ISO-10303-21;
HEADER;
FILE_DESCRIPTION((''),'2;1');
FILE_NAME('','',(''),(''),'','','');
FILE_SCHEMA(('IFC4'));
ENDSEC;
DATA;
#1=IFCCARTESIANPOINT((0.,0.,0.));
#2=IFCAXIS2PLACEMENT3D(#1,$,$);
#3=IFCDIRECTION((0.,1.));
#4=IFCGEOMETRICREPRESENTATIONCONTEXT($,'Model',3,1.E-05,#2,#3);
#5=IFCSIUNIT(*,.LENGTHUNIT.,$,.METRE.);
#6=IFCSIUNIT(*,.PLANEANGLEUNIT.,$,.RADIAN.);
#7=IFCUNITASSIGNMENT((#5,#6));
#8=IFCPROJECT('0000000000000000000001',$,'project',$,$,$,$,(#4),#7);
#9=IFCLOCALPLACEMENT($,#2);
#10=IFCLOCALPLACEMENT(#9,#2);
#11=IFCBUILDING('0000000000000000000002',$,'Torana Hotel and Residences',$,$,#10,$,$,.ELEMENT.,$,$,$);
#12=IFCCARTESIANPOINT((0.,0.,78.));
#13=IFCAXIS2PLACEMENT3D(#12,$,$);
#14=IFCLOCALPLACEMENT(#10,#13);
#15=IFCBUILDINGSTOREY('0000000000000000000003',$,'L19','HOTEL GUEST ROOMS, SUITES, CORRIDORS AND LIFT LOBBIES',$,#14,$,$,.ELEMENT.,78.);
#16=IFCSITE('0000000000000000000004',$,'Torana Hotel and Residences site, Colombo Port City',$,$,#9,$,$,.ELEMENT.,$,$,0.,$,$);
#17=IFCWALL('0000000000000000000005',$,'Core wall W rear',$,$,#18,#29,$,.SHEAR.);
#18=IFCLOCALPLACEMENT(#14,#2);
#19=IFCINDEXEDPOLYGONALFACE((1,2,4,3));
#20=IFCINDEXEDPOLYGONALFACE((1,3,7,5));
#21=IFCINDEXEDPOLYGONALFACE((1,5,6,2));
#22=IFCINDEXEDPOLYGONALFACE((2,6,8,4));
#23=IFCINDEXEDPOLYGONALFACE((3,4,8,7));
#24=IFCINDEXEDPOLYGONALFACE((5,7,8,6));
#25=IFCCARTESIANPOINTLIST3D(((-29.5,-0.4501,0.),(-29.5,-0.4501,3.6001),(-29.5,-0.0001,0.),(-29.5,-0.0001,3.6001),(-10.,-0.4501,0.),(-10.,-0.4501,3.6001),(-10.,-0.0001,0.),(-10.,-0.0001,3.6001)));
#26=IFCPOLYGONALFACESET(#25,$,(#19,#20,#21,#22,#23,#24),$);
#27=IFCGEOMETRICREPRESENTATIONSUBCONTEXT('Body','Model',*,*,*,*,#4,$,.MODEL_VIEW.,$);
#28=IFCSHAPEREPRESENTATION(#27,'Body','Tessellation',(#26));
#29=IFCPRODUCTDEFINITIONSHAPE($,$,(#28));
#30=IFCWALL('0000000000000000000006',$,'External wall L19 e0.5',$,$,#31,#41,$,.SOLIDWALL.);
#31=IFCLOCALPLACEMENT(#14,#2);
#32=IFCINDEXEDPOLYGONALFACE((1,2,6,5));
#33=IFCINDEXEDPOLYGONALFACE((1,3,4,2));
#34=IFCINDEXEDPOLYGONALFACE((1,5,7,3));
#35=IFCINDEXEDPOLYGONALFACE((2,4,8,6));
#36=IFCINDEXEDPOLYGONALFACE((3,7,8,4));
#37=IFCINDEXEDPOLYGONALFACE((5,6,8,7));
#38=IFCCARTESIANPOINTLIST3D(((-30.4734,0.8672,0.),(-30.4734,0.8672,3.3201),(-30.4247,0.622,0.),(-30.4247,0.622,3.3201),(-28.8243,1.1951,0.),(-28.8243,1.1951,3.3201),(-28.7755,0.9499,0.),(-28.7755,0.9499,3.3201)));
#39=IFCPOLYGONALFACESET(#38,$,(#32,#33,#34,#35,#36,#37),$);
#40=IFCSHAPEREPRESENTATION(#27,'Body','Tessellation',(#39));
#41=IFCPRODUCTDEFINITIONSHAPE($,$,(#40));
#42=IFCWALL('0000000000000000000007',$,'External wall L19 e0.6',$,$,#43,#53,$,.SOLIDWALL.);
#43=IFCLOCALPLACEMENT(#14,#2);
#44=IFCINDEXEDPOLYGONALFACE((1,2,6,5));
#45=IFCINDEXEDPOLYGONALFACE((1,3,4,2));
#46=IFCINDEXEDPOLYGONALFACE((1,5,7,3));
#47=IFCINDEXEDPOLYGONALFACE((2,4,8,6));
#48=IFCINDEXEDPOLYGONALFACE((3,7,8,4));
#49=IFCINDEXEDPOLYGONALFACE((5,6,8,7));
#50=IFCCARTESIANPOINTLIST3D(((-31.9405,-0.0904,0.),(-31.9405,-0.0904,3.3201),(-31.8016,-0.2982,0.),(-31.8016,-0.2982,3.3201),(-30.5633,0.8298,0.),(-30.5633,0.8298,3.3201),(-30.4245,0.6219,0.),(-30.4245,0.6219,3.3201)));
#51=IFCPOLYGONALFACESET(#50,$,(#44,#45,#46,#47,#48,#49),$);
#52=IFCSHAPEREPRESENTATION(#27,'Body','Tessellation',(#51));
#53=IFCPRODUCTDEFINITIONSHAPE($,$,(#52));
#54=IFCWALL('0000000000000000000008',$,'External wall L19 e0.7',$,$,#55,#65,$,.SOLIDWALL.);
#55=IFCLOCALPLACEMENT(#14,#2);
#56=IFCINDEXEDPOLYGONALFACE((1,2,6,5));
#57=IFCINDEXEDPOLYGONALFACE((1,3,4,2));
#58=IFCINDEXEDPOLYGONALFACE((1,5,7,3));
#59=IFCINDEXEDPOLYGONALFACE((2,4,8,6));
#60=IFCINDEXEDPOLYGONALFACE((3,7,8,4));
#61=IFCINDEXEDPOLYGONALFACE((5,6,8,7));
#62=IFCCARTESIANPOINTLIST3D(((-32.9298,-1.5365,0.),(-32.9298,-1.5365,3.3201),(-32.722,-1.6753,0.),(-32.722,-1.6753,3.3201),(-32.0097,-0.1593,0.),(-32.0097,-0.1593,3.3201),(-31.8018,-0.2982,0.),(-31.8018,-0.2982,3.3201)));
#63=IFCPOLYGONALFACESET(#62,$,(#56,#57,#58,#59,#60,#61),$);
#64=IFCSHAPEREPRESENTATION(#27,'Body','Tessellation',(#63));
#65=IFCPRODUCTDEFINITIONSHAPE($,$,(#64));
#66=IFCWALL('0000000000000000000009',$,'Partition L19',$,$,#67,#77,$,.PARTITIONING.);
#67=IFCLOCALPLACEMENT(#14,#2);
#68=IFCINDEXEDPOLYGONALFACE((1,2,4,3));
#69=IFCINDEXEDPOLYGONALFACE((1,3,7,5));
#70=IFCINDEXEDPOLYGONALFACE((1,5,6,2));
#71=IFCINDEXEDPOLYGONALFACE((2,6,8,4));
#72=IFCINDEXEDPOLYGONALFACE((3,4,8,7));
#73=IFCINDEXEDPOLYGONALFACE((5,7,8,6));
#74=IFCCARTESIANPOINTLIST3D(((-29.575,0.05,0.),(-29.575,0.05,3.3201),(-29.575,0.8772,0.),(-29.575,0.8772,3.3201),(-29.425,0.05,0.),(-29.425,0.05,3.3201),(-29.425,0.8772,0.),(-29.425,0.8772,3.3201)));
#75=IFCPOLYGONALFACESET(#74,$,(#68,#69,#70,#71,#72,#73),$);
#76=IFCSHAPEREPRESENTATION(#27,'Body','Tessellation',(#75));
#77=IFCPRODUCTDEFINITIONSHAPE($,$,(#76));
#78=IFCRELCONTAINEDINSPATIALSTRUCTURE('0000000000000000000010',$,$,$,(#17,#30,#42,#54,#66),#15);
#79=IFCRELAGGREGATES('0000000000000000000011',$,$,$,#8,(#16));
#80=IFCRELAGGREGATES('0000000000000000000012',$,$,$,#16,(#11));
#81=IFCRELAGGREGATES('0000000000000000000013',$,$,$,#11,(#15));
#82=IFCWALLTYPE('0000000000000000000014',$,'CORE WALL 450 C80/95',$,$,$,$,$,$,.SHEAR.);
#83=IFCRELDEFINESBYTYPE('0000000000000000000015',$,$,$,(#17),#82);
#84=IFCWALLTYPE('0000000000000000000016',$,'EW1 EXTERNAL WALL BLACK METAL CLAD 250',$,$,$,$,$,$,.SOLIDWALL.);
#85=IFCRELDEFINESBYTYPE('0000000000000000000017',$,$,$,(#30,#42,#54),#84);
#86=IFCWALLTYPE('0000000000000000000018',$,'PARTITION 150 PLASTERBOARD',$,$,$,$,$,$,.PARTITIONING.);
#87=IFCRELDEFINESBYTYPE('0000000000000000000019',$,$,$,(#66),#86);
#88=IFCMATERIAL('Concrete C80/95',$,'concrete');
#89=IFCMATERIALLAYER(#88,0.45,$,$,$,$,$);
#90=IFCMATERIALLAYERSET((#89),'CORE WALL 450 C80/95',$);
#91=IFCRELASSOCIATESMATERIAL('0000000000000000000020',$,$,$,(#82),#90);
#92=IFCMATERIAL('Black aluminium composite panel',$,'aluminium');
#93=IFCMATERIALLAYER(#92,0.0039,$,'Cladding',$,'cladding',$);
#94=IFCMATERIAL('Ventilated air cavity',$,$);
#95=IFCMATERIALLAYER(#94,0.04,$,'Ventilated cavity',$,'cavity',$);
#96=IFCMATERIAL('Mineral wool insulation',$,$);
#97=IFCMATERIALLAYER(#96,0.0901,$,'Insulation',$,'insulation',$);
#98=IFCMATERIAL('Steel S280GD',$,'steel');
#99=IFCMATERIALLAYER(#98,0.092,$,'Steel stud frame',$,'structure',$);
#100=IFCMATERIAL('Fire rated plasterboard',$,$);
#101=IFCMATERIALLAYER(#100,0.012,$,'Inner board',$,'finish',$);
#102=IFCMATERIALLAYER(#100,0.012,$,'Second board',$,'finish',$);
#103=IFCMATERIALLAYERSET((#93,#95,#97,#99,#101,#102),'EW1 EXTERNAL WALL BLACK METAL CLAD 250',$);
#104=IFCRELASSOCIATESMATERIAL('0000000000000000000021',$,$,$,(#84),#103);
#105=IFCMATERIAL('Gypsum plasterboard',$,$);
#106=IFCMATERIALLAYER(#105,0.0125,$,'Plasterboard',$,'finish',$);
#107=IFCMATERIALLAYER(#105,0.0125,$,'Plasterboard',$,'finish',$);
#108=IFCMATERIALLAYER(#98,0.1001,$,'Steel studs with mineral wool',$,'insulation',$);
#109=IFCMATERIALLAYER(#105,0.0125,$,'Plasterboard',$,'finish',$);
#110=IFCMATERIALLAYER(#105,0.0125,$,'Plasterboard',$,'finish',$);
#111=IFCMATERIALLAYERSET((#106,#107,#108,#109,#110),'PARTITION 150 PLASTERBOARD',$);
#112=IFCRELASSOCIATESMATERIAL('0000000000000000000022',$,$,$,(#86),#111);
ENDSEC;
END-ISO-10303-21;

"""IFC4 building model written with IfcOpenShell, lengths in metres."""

from ifc_helpers import new_model, si_unit, direction, frame, frame_2d, origin, place, context, subcontext, project, spatial, rectangle, extrude, material, layer, layer_set, type_object, element, save


model = new_model("IFC4")

# Units and contexts
model_context = context("Model", 3, precision=1e-05, world=origin(), true_north=direction((0.0, 1.0)))
body_context = subcontext(model_context, "Body", "Model", "MODEL_VIEW")
ifc_project = project(units=[si_unit("LENGTHUNIT", "METRE"), si_unit("PLANEANGLEUNIT", "RADIAN")], contexts=[model_context])

# Site, building, storey
site_placement = place(None, origin())
site = spatial("IfcSite", under=ifc_project, at=site_placement, Name="Torana Hotel and Residences site, Colombo Port City", CompositionType="ELEMENT", RefElevation=0.0)
building_placement = place(site_placement, origin())
building = spatial("IfcBuilding", under=site, at=building_placement, Name="Torana Hotel and Residences", CompositionType="ELEMENT")
storey_placement = place(building_placement, frame((0.0, 0.0, 78.0)))
storey = spatial("IfcBuildingStorey", under=building, at=storey_placement, Name="L19", Description="HOTEL GUEST ROOMS, SUITES, CORRIDORS AND LIFT LOBBIES", CompositionType="ELEMENT", Elevation=78.0)

# Walls
ifc_material_1 = material(Name="Concrete C80/95", Category="concrete")
ifc_layer_1 = layer(ifc_material_1, 0.45)
ifc_layer_set_1 = layer_set([ifc_layer_1], Name="CORE WALL 450 C80/95")
wall_type_1 = type_object("IfcWallType", Name="CORE WALL 450 C80/95", PredefinedType="SHEAR", material=ifc_layer_set_1)
wall_1_placement = place(storey_placement, frame((-29.5, -0.2251, 0.0), z_axis=(0.0, 0.0, 1.0), x_axis=(1.0, 0.0, 0.0)))
element("IfcWall", 1, at=wall_1_placement, inside=storey, type_object=wall_type_1, Name="Core wall W rear", PredefinedType="SHEAR", context=body_context, shape_type="SweptSolid", body=[
    extrude(rectangle(XDim=19.5, YDim=0.45, at=frame_2d((9.75, 0.0))), origin(), (0.0, 0.0, 1.0), 3.6001),
])
ifc_material_2 = material(Name="Black aluminium composite panel", Category="aluminium")
ifc_layer_2 = layer(ifc_material_2, 0.0039, Name="Cladding", Category="cladding")
ifc_material_3 = material(Name="Ventilated air cavity")
ifc_layer_3 = layer(ifc_material_3, 0.04, Name="Ventilated cavity", Category="cavity")
ifc_material_4 = material(Name="Mineral wool insulation")
ifc_layer_4 = layer(ifc_material_4, 0.0901, Name="Insulation", Category="insulation")
ifc_material_5 = material(Name="Steel S280GD", Category="steel")
ifc_layer_5 = layer(ifc_material_5, 0.092, Name="Steel stud frame", Category="structure")
ifc_material_6 = material(Name="Fire rated plasterboard")
ifc_layer_6 = layer(ifc_material_6, 0.012, Name="Inner board", Category="finish")
ifc_layer_7 = layer(ifc_material_6, 0.012, Name="Second board", Category="finish")
ifc_layer_set_2 = layer_set([ifc_layer_2, ifc_layer_3, ifc_layer_4, ifc_layer_5, ifc_layer_6, ifc_layer_7], Name="EW1 EXTERNAL WALL BLACK METAL CLAD 250")
wall_type_2 = type_object("IfcWallType", Name="EW1 EXTERNAL WALL BLACK METAL CLAD 250", PredefinedType="SOLIDWALL", material=ifc_layer_set_2)
wall_2_placement = place(storey_placement, frame((-28.7998, 1.0725, 0.0), z_axis=(0.0, 0.0, 1.0), x_axis=(-0.980803, -0.194999, 0.0)))
element("IfcWall", 2, at=wall_2_placement, inside=storey, type_object=wall_type_2, Name="External wall L19 e0.5", PredefinedType="SOLIDWALL", context=body_context, shape_type="SweptSolid", body=[
    extrude(rectangle(XDim=1.6814, YDim=0.25, at=frame_2d((0.8408, 0.0))), origin(), (0.0, 0.0, 1.0), 3.3201),
])
for number, where, z_axis, x_axis, name in (
    (3, (-30.4939, 0.7258, 0.0), (0.0, 0.0, 1.0), (-0.831483, -0.55555, 0.0), "External wall L19 e0.6"),
    (4, (-31.9058, -0.2288, 0.0), (0.0, 0.0, 1.0), (-0.55555, -0.831483, 0.0), "External wall L19 e0.7"),
):
    element("IfcWall", number, at=place(storey_placement, frame(where, z_axis=z_axis, x_axis=x_axis)), inside=storey, type_object=wall_type_2, Name=name, PredefinedType="SOLIDWALL", context=body_context, shape_type="SweptSolid", body=[
        extrude(rectangle(XDim=1.6562, YDim=0.25, at=frame_2d((0.8281, 0.0))), origin(), (0.0, 0.0, 1.0), 3.3201),
    ])
ifc_material_7 = material(Name="Gypsum plasterboard")
ifc_layer_8 = layer(ifc_material_7, 0.0125, Name="Plasterboard", Category="finish")
ifc_layer_9 = layer(ifc_material_7, 0.0125, Name="Plasterboard", Category="finish")
ifc_layer_10 = layer(ifc_material_5, 0.1001, Name="Steel studs with mineral wool", Category="insulation")
ifc_layer_11 = layer(ifc_material_7, 0.0125, Name="Plasterboard", Category="finish")
ifc_layer_12 = layer(ifc_material_7, 0.0125, Name="Plasterboard", Category="finish")
ifc_layer_set_3 = layer_set([ifc_layer_8, ifc_layer_9, ifc_layer_10, ifc_layer_11, ifc_layer_12], Name="PARTITION 150 PLASTERBOARD")
wall_type_3 = type_object("IfcWallType", Name="PARTITION 150 PLASTERBOARD", PredefinedType="PARTITIONING", material=ifc_layer_set_3)
wall_3_placement = place(storey_placement, frame((-29.5, 0.05, 0.0), z_axis=(0.0, 0.0, 1.0), x_axis=(0.0, 1.0, 0.0)))
element("IfcWall", 5, at=wall_3_placement, inside=storey, type_object=wall_type_3, Name="Partition L19", PredefinedType="PARTITIONING", context=body_context, shape_type="SweptSolid", body=[
    extrude(rectangle(XDim=0.8271, YDim=0.1499, at=frame_2d((0.4136, 0.0))), origin(), (0.0, 0.0, 1.0), 3.3201),
])

save(model, "model.ifc")
